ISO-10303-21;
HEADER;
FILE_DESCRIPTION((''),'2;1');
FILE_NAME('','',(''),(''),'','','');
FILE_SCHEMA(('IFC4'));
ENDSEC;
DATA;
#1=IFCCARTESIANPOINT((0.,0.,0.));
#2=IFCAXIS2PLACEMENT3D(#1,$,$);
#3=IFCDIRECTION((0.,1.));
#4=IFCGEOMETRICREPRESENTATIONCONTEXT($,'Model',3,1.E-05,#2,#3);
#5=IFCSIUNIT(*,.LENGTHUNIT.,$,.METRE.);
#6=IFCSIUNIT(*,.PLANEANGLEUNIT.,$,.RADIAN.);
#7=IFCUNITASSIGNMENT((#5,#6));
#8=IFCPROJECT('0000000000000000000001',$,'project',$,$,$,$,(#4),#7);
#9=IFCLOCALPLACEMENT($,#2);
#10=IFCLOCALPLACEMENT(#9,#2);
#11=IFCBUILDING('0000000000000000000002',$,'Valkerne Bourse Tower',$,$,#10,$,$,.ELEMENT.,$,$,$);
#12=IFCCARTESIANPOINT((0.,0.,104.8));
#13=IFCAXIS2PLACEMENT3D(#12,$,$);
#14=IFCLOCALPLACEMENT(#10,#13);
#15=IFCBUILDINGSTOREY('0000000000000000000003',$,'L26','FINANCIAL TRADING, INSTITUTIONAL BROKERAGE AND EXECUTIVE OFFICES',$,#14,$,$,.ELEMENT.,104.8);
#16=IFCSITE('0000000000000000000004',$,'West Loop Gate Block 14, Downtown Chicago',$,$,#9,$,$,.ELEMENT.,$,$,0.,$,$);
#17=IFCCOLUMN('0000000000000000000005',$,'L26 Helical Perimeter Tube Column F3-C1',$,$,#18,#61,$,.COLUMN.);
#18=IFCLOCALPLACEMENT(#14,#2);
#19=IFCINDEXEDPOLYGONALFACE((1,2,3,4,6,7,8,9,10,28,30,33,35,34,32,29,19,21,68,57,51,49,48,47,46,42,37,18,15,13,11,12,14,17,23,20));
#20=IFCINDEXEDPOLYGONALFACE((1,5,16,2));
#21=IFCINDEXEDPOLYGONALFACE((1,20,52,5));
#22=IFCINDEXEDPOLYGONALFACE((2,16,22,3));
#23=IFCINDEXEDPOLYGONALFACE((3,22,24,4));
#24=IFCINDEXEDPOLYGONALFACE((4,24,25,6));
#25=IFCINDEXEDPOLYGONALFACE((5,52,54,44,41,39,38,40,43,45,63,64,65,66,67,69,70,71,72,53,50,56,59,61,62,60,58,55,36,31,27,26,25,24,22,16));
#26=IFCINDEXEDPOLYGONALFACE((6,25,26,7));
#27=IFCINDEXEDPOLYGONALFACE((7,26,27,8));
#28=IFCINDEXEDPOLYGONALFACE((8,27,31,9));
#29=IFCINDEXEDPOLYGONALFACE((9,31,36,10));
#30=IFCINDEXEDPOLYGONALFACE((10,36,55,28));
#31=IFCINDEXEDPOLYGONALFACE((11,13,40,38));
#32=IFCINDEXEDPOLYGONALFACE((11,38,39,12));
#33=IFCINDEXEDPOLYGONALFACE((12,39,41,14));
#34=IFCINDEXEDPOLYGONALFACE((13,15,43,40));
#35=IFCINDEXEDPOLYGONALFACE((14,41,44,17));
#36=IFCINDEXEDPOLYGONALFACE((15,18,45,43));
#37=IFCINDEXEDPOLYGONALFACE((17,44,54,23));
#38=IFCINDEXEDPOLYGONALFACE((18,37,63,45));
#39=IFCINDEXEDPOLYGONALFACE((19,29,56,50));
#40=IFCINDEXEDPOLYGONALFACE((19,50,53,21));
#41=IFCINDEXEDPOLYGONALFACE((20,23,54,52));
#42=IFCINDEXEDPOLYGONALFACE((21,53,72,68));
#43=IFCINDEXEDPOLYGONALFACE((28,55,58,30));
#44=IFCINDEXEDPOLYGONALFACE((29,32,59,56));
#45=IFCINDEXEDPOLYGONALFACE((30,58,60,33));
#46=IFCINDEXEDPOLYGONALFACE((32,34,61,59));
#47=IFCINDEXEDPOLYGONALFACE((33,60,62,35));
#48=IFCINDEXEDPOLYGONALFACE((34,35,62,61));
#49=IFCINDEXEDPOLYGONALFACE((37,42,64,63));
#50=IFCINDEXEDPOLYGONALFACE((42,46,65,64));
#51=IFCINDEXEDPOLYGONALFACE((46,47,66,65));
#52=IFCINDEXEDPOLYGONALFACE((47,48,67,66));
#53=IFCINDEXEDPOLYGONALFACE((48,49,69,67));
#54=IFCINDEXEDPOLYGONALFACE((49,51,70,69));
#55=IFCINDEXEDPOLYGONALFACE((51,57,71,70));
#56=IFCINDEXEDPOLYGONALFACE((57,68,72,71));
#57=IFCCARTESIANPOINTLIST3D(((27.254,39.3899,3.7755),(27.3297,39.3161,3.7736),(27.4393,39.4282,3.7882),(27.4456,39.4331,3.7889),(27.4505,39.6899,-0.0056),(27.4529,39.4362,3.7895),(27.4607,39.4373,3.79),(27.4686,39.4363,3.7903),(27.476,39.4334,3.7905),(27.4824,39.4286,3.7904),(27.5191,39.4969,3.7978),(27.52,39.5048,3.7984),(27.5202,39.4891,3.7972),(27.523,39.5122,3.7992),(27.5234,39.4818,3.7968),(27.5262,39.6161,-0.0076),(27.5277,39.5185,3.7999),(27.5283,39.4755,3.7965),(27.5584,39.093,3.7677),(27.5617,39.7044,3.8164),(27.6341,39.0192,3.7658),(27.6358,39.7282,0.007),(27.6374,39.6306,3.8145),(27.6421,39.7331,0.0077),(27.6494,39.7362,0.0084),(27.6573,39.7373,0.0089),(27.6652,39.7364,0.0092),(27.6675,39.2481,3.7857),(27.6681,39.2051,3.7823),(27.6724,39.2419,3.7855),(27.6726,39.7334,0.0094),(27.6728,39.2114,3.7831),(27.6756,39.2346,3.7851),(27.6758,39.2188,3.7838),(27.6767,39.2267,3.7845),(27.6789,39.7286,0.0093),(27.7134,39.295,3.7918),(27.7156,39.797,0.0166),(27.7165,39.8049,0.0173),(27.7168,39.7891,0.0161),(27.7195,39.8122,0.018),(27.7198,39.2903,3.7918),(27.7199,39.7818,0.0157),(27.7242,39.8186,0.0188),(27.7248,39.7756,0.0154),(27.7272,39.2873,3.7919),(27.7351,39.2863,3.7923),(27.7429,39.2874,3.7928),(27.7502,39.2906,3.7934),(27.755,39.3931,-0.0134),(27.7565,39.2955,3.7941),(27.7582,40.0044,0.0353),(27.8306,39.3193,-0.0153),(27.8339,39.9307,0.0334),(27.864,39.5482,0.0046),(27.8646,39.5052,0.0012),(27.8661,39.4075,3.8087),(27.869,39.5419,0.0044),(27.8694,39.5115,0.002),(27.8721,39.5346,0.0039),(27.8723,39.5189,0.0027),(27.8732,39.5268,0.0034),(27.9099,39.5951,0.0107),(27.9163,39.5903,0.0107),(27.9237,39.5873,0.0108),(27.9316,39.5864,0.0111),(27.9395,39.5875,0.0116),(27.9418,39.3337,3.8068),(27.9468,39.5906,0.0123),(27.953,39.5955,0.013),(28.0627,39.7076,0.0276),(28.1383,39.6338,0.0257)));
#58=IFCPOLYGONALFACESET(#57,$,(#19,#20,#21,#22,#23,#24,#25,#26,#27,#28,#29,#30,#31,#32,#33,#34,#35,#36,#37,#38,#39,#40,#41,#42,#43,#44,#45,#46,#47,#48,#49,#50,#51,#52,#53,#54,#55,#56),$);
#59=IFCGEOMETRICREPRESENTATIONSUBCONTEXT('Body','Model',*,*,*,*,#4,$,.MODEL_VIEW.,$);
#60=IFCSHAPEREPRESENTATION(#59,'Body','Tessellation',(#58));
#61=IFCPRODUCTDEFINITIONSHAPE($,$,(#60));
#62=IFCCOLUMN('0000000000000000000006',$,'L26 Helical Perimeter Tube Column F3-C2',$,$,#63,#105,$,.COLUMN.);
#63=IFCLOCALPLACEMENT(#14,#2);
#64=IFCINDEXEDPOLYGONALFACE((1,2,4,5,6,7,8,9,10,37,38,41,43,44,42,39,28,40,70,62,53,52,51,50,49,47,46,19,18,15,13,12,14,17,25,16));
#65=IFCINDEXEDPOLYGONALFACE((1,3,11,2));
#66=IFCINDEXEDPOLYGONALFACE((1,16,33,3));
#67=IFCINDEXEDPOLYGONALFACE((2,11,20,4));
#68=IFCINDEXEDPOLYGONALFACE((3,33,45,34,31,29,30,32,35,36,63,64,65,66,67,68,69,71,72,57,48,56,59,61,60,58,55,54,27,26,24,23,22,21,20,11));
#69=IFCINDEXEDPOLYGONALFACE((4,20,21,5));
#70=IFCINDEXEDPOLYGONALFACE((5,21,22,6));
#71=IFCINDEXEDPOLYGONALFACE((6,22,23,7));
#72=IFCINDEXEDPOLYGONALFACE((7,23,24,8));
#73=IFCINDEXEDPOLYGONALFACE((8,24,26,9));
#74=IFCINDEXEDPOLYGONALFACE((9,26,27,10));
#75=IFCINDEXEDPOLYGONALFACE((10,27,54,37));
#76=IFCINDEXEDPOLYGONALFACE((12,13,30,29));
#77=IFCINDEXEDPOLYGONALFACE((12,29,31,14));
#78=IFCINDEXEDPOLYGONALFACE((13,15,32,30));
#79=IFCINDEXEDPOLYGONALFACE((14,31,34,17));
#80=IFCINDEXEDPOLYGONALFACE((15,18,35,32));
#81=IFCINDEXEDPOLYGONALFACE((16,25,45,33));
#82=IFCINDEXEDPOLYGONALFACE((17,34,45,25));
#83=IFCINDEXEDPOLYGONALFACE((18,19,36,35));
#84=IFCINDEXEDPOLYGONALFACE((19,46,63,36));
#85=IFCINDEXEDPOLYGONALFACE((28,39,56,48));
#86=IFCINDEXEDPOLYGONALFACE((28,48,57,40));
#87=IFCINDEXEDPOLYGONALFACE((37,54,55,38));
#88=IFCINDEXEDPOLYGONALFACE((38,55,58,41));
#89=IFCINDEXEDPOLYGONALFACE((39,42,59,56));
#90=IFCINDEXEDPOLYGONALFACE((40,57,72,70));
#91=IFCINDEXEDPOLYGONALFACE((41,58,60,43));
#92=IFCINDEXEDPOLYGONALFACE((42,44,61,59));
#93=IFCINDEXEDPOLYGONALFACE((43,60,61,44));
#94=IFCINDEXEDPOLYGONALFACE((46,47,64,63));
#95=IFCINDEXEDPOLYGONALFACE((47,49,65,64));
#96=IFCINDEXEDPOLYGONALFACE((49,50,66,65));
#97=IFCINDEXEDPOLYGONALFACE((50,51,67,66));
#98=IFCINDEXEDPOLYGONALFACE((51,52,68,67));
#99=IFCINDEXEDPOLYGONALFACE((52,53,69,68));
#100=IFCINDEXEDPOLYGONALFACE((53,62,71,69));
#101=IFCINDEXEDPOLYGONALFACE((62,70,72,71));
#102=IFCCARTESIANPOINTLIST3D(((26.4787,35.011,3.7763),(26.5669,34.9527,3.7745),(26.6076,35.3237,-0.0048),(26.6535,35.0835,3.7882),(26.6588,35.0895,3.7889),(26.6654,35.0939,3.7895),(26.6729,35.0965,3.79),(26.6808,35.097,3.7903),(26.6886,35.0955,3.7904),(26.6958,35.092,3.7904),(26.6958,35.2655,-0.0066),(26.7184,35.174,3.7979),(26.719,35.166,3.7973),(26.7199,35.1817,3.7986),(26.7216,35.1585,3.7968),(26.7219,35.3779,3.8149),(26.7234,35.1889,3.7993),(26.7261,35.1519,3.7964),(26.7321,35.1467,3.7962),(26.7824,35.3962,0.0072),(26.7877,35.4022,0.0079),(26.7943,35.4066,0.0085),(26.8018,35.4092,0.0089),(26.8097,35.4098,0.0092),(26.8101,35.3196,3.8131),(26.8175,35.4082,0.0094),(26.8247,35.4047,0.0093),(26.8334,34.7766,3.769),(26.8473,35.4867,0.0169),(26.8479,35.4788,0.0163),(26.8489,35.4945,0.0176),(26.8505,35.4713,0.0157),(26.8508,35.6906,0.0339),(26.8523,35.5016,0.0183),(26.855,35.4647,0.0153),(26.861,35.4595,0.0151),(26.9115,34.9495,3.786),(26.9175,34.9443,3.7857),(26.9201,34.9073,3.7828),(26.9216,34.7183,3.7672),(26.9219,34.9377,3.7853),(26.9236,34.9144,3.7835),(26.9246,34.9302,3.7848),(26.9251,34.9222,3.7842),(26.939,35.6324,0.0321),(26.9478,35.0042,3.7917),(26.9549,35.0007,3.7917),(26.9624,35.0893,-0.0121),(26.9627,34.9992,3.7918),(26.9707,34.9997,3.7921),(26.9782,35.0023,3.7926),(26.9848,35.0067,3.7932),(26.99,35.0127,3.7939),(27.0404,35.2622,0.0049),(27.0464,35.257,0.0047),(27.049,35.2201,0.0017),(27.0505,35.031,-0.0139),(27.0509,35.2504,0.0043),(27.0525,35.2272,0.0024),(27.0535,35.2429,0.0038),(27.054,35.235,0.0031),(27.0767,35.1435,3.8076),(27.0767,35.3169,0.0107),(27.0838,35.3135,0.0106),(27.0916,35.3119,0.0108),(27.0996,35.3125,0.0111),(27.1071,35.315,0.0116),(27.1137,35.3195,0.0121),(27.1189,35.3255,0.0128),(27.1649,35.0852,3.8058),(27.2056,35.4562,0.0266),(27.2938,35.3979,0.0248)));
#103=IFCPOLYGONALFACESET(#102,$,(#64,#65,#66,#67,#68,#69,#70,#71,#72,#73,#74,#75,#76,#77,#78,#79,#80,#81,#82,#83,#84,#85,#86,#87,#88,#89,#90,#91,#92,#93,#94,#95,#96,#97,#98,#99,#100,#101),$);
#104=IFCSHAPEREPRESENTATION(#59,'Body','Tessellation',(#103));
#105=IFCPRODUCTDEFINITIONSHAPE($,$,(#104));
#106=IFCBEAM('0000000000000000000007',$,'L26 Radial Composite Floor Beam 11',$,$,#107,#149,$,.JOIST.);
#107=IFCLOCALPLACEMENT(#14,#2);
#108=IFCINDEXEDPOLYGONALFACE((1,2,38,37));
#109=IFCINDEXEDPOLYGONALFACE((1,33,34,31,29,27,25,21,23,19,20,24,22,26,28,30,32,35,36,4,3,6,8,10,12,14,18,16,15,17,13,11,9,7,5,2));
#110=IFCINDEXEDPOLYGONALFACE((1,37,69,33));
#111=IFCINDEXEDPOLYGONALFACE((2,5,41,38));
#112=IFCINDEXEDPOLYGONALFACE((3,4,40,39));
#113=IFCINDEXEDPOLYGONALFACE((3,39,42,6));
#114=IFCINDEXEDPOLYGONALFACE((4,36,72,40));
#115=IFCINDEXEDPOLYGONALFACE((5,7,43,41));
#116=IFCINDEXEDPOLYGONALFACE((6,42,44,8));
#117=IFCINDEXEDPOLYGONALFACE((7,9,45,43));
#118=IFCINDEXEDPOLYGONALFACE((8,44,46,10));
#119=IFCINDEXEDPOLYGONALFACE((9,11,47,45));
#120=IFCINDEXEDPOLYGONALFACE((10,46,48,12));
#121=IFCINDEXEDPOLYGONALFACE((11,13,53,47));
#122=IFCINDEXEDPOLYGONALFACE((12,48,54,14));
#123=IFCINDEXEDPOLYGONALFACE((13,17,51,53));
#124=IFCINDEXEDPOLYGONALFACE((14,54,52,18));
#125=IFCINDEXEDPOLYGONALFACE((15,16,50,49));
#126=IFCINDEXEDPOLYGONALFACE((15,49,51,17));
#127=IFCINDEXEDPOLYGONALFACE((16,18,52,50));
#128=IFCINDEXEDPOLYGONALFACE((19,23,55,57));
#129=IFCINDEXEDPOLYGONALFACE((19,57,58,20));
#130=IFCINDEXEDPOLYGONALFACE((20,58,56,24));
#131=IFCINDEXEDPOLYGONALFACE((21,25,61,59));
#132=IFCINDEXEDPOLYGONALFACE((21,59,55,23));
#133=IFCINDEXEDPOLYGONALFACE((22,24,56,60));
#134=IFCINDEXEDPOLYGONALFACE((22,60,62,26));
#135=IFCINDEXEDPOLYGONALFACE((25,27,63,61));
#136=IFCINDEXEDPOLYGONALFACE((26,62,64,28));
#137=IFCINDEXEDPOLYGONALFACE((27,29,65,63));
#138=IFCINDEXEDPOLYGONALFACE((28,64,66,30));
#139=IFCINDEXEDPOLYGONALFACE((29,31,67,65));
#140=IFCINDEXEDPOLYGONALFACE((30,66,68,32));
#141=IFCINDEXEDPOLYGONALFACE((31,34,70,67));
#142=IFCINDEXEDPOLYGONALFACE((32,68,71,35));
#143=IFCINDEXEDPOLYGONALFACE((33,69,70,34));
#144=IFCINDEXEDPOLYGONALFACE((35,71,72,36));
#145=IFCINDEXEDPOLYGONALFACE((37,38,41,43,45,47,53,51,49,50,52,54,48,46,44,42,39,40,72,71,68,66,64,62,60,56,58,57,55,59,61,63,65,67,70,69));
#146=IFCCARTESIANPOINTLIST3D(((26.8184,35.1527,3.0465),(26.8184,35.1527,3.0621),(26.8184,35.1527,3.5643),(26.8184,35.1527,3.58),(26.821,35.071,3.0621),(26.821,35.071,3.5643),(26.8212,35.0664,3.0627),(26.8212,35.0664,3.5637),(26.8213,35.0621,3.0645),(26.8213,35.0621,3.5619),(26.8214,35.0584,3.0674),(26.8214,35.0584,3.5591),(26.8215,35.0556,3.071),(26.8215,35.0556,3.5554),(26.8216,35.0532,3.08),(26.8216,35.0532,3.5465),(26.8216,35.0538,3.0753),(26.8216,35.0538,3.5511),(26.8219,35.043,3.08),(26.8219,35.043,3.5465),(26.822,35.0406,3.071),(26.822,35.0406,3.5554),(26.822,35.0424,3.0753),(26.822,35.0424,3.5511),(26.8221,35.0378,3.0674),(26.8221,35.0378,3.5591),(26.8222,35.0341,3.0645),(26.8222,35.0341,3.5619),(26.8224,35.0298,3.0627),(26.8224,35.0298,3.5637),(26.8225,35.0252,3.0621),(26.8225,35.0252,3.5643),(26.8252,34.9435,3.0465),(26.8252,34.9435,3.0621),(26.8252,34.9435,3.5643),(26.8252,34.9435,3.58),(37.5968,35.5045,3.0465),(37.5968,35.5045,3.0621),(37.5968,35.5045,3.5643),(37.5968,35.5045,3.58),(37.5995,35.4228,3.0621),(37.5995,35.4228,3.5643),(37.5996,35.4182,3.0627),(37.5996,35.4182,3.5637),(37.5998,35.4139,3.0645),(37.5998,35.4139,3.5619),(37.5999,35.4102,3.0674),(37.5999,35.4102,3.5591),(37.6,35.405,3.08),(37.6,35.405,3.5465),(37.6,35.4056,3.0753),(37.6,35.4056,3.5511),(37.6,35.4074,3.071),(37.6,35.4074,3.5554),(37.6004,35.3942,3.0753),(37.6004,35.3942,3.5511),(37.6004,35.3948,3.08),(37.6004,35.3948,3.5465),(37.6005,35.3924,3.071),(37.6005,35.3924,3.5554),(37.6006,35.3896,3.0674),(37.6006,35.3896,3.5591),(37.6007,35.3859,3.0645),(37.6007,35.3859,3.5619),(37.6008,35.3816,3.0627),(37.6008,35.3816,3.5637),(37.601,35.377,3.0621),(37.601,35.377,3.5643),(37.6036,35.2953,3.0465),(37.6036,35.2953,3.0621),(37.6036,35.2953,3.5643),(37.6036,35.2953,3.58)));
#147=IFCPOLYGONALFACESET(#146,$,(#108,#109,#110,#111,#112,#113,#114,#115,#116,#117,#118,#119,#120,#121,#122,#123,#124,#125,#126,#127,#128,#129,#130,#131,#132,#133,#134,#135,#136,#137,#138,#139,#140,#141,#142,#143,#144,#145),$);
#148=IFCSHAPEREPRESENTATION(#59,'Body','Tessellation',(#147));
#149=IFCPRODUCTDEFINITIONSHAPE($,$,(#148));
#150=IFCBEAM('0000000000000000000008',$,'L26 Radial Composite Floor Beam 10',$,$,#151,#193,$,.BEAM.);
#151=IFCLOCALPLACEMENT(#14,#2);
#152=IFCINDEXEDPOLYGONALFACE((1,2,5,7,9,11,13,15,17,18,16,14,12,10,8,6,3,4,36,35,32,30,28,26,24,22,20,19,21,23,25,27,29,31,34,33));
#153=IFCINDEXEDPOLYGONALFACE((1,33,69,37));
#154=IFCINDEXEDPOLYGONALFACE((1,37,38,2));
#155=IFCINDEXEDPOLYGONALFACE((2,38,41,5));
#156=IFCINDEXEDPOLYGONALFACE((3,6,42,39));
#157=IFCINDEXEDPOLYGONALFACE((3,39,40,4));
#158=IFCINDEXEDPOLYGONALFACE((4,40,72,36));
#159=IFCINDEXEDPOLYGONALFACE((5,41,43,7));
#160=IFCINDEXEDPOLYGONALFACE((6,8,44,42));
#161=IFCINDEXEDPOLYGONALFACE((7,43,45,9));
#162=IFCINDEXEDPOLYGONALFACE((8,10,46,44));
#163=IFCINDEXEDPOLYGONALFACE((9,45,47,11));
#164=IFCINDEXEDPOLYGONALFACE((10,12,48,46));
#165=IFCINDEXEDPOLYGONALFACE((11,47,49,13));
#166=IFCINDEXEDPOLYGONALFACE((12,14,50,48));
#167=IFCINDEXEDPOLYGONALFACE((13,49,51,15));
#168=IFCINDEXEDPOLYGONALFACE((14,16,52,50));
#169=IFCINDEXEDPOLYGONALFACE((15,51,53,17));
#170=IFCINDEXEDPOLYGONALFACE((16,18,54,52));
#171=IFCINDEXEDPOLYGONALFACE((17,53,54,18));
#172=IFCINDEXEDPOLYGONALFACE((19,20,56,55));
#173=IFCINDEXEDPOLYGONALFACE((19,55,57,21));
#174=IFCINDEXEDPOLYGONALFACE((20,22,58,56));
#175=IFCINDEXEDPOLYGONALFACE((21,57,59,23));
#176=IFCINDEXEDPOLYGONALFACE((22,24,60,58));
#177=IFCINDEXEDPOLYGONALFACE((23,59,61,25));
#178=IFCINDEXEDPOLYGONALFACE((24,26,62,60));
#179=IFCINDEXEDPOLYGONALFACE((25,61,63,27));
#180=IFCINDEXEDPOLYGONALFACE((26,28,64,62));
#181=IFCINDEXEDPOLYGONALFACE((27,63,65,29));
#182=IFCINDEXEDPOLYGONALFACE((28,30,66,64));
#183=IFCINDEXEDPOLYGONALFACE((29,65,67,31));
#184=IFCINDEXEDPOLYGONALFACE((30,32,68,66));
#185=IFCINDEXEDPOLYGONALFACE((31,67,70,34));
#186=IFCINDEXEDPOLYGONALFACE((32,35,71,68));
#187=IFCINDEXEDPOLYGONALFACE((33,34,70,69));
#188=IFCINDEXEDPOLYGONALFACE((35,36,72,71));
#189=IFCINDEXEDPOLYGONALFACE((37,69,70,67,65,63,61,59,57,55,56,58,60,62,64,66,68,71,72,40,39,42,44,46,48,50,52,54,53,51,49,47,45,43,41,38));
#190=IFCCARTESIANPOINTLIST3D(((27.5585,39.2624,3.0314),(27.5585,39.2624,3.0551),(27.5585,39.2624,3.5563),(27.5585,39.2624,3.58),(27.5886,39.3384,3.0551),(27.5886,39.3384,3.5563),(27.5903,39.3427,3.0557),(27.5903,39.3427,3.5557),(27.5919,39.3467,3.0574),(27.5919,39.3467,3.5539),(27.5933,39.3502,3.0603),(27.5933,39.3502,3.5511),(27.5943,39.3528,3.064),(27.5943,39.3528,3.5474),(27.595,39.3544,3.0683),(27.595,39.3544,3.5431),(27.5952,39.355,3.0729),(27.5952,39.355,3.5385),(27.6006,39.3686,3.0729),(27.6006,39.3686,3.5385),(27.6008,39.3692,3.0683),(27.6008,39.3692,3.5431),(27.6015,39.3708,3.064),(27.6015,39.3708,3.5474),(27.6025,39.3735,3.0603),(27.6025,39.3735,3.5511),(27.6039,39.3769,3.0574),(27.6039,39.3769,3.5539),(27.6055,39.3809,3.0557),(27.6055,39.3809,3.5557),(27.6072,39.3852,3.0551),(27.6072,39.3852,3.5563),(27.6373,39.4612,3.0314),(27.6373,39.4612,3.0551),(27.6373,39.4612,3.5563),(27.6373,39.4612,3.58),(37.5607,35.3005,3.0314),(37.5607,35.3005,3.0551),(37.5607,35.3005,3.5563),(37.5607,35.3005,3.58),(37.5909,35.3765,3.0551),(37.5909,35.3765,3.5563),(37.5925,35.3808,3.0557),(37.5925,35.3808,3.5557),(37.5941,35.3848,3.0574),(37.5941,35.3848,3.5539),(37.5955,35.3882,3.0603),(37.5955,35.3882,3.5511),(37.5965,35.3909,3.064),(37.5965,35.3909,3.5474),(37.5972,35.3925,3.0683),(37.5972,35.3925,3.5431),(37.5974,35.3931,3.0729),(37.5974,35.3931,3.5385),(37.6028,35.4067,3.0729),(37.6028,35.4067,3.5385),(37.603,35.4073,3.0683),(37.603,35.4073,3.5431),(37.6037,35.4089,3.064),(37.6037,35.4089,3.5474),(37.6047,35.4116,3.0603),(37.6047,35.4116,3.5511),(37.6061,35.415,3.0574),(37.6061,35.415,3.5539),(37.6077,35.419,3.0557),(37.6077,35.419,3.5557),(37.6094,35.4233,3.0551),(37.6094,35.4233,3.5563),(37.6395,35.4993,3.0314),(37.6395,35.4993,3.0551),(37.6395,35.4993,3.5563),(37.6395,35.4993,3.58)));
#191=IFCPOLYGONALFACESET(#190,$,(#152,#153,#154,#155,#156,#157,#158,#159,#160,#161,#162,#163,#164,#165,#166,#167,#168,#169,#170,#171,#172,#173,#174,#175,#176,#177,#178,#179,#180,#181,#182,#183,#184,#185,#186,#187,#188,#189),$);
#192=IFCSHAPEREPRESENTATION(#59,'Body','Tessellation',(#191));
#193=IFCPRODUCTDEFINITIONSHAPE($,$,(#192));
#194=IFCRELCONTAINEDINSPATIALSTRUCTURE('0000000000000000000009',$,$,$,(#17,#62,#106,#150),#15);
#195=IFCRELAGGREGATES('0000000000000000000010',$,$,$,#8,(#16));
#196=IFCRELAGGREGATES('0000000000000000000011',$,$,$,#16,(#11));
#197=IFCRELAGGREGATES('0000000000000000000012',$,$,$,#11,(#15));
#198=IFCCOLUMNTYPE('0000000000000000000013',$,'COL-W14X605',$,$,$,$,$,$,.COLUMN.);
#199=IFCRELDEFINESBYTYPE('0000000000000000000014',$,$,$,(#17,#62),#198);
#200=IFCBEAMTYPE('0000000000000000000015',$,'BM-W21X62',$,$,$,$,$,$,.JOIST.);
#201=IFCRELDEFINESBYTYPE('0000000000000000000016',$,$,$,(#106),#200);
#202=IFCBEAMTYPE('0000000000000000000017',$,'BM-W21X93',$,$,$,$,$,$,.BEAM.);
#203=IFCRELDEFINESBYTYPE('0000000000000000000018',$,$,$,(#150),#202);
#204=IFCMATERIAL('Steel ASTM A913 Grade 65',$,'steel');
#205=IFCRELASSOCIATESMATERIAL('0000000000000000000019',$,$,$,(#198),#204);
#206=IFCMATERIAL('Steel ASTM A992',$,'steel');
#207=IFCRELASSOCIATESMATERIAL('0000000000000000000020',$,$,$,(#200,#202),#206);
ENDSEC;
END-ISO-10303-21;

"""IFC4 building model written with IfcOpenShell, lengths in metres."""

from ifc_helpers import new_model, si_unit, direction, frame, origin, origin_2d, place, context, subcontext, project, spatial, i_section, extrude, material, material_profile, profile_set, type_object, element, save


model = new_model("IFC4")

# Units and contexts
model_context = context("Model", 3, precision=1e-05, world=origin(), true_north=direction((0.0, 1.0)))
body_context = subcontext(model_context, "Body", "Model", "MODEL_VIEW")
ifc_project = project(units=[si_unit("LENGTHUNIT", "METRE"), si_unit("PLANEANGLEUNIT", "RADIAN")], contexts=[model_context])

# Site, building, storey
site_placement = place(None, origin())
site = spatial("IfcSite", under=ifc_project, at=site_placement, Name="West Loop Gate Block 14, Downtown Chicago", CompositionType="ELEMENT", RefElevation=0.0)
building_placement = place(site_placement, origin())
building = spatial("IfcBuilding", under=site, at=building_placement, Name="Valkerne Bourse Tower", CompositionType="ELEMENT")
storey_placement = place(building_placement, frame((0.0, 0.0, 104.8)))
storey = spatial("IfcBuildingStorey", under=building, at=storey_placement, Name="L26", Description="FINANCIAL TRADING, INSTITUTIONAL BROKERAGE AND EXECUTIVE OFFICES", CompositionType="ELEMENT", Elevation=104.8)

# Columns
ifc_material_1 = material(Name="Steel ASTM A913 Grade 65", Category="steel")
ifc_material_profile_1 = material_profile(ifc_material_1, i_section(OverallWidth=0.4419, OverallDepth=0.531, WebThickness=0.0659, FlangeThickness=0.1057, FilletRadius=0.0305, at=origin_2d()), Name="W14X605")
ifc_profile_set_1 = profile_set([ifc_material_profile_1], Name="Steel ASTM A913 Grade 65")
column_type = type_object("IfcColumnType", Name="COL-W14X605", PredefinedType="COLUMN", material=ifc_profile_set_1)
column_1_placement = place(storey_placement, frame((27.7944, 39.6619, 0.01), z_axis=(-0.051747, -0.079002, 0.99553), x_axis=(-0.696324, -0.711719, -0.092674)))
element("IfcColumn", 1, at=column_1_placement, inside=storey, type_object=column_type, Name="L26 Helical Perimeter Tube Column F3-C1", PredefinedType="COLUMN", context=body_context, shape_type="SweptSolid", body=[
    extrude(i_section(OverallWidth=0.4419, OverallDepth=0.531, WebThickness=0.0659, FlangeThickness=0.1057, FilletRadius=0.0305, at=origin_2d()), origin(), (0.0, 0.0, 1.0), 3.7981),
])
column_2_placement = place(storey_placement, frame((26.9507, 35.3608, 0.01), z_axis=(-0.033957, -0.082385, 0.996022), x_axis=(-0.550455, -0.830273, -0.087442)))
element("IfcColumn", 2, at=column_2_placement, inside=storey, type_object=column_type, Name="L26 Helical Perimeter Tube Column F3-C2", PredefinedType="COLUMN", context=body_context, shape_type="SweptSolid", body=[
    extrude(i_section(OverallWidth=0.4419, OverallDepth=0.531, WebThickness=0.0659, FlangeThickness=0.1057, FilletRadius=0.0305, at=origin_2d()), origin(), (0.0, 0.0, 1.0), 3.7961),
])

# Beams
ifc_material_2 = material(Name="Steel ASTM A992", Category="steel")
ifc_material_profile_2 = material_profile(ifc_material_2, i_section(OverallWidth=0.2092, OverallDepth=0.5334, WebThickness=0.0103, FlangeThickness=0.0156, FilletRadius=0.0178, at=origin_2d()), Name="W21X62")
ifc_profile_set_2 = profile_set([ifc_material_profile_2], Name="Steel ASTM A992")
beam_type_1 = type_object("IfcBeamType", Name="BM-W21X62", PredefinedType="JOIST", material=ifc_profile_set_2)
beam_1_placement = place(storey_placement, frame((26.8218, 35.0481, 3.3132), z_axis=(0.999468, 0.032623, 0.0), x_axis=(-0.032623, 0.999468, 0.0)))
element("IfcBeam", 3, at=beam_1_placement, inside=storey, type_object=beam_type_1, Name="L26 Radial Composite Floor Beam 11", PredefinedType="JOIST", context=body_context, shape_type="SweptSolid", body=[
    extrude(i_section(OverallWidth=0.2092, OverallDepth=0.5334, WebThickness=0.0103, FlangeThickness=0.0156, FilletRadius=0.0178, at=origin_2d()), origin(), (0.0, 0.0, 1.0), 10.7842),
])
ifc_material_profile_3 = material_profile(ifc_material_2, i_section(OverallWidth=0.2139, OverallDepth=0.5486, WebThickness=0.0146, FlangeThickness=0.0237, FilletRadius=0.0178, at=origin_2d()), Name="W21X93")
ifc_profile_set_3 = profile_set([ifc_material_profile_3], Name="Steel ASTM A992")
beam_type_2 = type_object("IfcBeamType", Name="BM-W21X93", PredefinedType="BEAM", material=ifc_profile_set_3)
beam_2_placement = place(storey_placement, frame((27.5979, 39.3618, 3.3057), z_axis=(0.92972, -0.368266, 0.0), x_axis=(0.368266, 0.92972, 0.0)))
element("IfcBeam", 4, at=beam_2_placement, inside=storey, type_object=beam_type_2, Name="L26 Radial Composite Floor Beam 10", PredefinedType="BEAM", context=body_context, shape_type="SweptSolid", body=[
    extrude(i_section(OverallWidth=0.2139, OverallDepth=0.5486, WebThickness=0.0146, FlangeThickness=0.0237, FilletRadius=0.0178, at=origin_2d()), origin(), (0.0, 0.0, 1.0), 10.7583),
])

save(model, "model.ifc")
